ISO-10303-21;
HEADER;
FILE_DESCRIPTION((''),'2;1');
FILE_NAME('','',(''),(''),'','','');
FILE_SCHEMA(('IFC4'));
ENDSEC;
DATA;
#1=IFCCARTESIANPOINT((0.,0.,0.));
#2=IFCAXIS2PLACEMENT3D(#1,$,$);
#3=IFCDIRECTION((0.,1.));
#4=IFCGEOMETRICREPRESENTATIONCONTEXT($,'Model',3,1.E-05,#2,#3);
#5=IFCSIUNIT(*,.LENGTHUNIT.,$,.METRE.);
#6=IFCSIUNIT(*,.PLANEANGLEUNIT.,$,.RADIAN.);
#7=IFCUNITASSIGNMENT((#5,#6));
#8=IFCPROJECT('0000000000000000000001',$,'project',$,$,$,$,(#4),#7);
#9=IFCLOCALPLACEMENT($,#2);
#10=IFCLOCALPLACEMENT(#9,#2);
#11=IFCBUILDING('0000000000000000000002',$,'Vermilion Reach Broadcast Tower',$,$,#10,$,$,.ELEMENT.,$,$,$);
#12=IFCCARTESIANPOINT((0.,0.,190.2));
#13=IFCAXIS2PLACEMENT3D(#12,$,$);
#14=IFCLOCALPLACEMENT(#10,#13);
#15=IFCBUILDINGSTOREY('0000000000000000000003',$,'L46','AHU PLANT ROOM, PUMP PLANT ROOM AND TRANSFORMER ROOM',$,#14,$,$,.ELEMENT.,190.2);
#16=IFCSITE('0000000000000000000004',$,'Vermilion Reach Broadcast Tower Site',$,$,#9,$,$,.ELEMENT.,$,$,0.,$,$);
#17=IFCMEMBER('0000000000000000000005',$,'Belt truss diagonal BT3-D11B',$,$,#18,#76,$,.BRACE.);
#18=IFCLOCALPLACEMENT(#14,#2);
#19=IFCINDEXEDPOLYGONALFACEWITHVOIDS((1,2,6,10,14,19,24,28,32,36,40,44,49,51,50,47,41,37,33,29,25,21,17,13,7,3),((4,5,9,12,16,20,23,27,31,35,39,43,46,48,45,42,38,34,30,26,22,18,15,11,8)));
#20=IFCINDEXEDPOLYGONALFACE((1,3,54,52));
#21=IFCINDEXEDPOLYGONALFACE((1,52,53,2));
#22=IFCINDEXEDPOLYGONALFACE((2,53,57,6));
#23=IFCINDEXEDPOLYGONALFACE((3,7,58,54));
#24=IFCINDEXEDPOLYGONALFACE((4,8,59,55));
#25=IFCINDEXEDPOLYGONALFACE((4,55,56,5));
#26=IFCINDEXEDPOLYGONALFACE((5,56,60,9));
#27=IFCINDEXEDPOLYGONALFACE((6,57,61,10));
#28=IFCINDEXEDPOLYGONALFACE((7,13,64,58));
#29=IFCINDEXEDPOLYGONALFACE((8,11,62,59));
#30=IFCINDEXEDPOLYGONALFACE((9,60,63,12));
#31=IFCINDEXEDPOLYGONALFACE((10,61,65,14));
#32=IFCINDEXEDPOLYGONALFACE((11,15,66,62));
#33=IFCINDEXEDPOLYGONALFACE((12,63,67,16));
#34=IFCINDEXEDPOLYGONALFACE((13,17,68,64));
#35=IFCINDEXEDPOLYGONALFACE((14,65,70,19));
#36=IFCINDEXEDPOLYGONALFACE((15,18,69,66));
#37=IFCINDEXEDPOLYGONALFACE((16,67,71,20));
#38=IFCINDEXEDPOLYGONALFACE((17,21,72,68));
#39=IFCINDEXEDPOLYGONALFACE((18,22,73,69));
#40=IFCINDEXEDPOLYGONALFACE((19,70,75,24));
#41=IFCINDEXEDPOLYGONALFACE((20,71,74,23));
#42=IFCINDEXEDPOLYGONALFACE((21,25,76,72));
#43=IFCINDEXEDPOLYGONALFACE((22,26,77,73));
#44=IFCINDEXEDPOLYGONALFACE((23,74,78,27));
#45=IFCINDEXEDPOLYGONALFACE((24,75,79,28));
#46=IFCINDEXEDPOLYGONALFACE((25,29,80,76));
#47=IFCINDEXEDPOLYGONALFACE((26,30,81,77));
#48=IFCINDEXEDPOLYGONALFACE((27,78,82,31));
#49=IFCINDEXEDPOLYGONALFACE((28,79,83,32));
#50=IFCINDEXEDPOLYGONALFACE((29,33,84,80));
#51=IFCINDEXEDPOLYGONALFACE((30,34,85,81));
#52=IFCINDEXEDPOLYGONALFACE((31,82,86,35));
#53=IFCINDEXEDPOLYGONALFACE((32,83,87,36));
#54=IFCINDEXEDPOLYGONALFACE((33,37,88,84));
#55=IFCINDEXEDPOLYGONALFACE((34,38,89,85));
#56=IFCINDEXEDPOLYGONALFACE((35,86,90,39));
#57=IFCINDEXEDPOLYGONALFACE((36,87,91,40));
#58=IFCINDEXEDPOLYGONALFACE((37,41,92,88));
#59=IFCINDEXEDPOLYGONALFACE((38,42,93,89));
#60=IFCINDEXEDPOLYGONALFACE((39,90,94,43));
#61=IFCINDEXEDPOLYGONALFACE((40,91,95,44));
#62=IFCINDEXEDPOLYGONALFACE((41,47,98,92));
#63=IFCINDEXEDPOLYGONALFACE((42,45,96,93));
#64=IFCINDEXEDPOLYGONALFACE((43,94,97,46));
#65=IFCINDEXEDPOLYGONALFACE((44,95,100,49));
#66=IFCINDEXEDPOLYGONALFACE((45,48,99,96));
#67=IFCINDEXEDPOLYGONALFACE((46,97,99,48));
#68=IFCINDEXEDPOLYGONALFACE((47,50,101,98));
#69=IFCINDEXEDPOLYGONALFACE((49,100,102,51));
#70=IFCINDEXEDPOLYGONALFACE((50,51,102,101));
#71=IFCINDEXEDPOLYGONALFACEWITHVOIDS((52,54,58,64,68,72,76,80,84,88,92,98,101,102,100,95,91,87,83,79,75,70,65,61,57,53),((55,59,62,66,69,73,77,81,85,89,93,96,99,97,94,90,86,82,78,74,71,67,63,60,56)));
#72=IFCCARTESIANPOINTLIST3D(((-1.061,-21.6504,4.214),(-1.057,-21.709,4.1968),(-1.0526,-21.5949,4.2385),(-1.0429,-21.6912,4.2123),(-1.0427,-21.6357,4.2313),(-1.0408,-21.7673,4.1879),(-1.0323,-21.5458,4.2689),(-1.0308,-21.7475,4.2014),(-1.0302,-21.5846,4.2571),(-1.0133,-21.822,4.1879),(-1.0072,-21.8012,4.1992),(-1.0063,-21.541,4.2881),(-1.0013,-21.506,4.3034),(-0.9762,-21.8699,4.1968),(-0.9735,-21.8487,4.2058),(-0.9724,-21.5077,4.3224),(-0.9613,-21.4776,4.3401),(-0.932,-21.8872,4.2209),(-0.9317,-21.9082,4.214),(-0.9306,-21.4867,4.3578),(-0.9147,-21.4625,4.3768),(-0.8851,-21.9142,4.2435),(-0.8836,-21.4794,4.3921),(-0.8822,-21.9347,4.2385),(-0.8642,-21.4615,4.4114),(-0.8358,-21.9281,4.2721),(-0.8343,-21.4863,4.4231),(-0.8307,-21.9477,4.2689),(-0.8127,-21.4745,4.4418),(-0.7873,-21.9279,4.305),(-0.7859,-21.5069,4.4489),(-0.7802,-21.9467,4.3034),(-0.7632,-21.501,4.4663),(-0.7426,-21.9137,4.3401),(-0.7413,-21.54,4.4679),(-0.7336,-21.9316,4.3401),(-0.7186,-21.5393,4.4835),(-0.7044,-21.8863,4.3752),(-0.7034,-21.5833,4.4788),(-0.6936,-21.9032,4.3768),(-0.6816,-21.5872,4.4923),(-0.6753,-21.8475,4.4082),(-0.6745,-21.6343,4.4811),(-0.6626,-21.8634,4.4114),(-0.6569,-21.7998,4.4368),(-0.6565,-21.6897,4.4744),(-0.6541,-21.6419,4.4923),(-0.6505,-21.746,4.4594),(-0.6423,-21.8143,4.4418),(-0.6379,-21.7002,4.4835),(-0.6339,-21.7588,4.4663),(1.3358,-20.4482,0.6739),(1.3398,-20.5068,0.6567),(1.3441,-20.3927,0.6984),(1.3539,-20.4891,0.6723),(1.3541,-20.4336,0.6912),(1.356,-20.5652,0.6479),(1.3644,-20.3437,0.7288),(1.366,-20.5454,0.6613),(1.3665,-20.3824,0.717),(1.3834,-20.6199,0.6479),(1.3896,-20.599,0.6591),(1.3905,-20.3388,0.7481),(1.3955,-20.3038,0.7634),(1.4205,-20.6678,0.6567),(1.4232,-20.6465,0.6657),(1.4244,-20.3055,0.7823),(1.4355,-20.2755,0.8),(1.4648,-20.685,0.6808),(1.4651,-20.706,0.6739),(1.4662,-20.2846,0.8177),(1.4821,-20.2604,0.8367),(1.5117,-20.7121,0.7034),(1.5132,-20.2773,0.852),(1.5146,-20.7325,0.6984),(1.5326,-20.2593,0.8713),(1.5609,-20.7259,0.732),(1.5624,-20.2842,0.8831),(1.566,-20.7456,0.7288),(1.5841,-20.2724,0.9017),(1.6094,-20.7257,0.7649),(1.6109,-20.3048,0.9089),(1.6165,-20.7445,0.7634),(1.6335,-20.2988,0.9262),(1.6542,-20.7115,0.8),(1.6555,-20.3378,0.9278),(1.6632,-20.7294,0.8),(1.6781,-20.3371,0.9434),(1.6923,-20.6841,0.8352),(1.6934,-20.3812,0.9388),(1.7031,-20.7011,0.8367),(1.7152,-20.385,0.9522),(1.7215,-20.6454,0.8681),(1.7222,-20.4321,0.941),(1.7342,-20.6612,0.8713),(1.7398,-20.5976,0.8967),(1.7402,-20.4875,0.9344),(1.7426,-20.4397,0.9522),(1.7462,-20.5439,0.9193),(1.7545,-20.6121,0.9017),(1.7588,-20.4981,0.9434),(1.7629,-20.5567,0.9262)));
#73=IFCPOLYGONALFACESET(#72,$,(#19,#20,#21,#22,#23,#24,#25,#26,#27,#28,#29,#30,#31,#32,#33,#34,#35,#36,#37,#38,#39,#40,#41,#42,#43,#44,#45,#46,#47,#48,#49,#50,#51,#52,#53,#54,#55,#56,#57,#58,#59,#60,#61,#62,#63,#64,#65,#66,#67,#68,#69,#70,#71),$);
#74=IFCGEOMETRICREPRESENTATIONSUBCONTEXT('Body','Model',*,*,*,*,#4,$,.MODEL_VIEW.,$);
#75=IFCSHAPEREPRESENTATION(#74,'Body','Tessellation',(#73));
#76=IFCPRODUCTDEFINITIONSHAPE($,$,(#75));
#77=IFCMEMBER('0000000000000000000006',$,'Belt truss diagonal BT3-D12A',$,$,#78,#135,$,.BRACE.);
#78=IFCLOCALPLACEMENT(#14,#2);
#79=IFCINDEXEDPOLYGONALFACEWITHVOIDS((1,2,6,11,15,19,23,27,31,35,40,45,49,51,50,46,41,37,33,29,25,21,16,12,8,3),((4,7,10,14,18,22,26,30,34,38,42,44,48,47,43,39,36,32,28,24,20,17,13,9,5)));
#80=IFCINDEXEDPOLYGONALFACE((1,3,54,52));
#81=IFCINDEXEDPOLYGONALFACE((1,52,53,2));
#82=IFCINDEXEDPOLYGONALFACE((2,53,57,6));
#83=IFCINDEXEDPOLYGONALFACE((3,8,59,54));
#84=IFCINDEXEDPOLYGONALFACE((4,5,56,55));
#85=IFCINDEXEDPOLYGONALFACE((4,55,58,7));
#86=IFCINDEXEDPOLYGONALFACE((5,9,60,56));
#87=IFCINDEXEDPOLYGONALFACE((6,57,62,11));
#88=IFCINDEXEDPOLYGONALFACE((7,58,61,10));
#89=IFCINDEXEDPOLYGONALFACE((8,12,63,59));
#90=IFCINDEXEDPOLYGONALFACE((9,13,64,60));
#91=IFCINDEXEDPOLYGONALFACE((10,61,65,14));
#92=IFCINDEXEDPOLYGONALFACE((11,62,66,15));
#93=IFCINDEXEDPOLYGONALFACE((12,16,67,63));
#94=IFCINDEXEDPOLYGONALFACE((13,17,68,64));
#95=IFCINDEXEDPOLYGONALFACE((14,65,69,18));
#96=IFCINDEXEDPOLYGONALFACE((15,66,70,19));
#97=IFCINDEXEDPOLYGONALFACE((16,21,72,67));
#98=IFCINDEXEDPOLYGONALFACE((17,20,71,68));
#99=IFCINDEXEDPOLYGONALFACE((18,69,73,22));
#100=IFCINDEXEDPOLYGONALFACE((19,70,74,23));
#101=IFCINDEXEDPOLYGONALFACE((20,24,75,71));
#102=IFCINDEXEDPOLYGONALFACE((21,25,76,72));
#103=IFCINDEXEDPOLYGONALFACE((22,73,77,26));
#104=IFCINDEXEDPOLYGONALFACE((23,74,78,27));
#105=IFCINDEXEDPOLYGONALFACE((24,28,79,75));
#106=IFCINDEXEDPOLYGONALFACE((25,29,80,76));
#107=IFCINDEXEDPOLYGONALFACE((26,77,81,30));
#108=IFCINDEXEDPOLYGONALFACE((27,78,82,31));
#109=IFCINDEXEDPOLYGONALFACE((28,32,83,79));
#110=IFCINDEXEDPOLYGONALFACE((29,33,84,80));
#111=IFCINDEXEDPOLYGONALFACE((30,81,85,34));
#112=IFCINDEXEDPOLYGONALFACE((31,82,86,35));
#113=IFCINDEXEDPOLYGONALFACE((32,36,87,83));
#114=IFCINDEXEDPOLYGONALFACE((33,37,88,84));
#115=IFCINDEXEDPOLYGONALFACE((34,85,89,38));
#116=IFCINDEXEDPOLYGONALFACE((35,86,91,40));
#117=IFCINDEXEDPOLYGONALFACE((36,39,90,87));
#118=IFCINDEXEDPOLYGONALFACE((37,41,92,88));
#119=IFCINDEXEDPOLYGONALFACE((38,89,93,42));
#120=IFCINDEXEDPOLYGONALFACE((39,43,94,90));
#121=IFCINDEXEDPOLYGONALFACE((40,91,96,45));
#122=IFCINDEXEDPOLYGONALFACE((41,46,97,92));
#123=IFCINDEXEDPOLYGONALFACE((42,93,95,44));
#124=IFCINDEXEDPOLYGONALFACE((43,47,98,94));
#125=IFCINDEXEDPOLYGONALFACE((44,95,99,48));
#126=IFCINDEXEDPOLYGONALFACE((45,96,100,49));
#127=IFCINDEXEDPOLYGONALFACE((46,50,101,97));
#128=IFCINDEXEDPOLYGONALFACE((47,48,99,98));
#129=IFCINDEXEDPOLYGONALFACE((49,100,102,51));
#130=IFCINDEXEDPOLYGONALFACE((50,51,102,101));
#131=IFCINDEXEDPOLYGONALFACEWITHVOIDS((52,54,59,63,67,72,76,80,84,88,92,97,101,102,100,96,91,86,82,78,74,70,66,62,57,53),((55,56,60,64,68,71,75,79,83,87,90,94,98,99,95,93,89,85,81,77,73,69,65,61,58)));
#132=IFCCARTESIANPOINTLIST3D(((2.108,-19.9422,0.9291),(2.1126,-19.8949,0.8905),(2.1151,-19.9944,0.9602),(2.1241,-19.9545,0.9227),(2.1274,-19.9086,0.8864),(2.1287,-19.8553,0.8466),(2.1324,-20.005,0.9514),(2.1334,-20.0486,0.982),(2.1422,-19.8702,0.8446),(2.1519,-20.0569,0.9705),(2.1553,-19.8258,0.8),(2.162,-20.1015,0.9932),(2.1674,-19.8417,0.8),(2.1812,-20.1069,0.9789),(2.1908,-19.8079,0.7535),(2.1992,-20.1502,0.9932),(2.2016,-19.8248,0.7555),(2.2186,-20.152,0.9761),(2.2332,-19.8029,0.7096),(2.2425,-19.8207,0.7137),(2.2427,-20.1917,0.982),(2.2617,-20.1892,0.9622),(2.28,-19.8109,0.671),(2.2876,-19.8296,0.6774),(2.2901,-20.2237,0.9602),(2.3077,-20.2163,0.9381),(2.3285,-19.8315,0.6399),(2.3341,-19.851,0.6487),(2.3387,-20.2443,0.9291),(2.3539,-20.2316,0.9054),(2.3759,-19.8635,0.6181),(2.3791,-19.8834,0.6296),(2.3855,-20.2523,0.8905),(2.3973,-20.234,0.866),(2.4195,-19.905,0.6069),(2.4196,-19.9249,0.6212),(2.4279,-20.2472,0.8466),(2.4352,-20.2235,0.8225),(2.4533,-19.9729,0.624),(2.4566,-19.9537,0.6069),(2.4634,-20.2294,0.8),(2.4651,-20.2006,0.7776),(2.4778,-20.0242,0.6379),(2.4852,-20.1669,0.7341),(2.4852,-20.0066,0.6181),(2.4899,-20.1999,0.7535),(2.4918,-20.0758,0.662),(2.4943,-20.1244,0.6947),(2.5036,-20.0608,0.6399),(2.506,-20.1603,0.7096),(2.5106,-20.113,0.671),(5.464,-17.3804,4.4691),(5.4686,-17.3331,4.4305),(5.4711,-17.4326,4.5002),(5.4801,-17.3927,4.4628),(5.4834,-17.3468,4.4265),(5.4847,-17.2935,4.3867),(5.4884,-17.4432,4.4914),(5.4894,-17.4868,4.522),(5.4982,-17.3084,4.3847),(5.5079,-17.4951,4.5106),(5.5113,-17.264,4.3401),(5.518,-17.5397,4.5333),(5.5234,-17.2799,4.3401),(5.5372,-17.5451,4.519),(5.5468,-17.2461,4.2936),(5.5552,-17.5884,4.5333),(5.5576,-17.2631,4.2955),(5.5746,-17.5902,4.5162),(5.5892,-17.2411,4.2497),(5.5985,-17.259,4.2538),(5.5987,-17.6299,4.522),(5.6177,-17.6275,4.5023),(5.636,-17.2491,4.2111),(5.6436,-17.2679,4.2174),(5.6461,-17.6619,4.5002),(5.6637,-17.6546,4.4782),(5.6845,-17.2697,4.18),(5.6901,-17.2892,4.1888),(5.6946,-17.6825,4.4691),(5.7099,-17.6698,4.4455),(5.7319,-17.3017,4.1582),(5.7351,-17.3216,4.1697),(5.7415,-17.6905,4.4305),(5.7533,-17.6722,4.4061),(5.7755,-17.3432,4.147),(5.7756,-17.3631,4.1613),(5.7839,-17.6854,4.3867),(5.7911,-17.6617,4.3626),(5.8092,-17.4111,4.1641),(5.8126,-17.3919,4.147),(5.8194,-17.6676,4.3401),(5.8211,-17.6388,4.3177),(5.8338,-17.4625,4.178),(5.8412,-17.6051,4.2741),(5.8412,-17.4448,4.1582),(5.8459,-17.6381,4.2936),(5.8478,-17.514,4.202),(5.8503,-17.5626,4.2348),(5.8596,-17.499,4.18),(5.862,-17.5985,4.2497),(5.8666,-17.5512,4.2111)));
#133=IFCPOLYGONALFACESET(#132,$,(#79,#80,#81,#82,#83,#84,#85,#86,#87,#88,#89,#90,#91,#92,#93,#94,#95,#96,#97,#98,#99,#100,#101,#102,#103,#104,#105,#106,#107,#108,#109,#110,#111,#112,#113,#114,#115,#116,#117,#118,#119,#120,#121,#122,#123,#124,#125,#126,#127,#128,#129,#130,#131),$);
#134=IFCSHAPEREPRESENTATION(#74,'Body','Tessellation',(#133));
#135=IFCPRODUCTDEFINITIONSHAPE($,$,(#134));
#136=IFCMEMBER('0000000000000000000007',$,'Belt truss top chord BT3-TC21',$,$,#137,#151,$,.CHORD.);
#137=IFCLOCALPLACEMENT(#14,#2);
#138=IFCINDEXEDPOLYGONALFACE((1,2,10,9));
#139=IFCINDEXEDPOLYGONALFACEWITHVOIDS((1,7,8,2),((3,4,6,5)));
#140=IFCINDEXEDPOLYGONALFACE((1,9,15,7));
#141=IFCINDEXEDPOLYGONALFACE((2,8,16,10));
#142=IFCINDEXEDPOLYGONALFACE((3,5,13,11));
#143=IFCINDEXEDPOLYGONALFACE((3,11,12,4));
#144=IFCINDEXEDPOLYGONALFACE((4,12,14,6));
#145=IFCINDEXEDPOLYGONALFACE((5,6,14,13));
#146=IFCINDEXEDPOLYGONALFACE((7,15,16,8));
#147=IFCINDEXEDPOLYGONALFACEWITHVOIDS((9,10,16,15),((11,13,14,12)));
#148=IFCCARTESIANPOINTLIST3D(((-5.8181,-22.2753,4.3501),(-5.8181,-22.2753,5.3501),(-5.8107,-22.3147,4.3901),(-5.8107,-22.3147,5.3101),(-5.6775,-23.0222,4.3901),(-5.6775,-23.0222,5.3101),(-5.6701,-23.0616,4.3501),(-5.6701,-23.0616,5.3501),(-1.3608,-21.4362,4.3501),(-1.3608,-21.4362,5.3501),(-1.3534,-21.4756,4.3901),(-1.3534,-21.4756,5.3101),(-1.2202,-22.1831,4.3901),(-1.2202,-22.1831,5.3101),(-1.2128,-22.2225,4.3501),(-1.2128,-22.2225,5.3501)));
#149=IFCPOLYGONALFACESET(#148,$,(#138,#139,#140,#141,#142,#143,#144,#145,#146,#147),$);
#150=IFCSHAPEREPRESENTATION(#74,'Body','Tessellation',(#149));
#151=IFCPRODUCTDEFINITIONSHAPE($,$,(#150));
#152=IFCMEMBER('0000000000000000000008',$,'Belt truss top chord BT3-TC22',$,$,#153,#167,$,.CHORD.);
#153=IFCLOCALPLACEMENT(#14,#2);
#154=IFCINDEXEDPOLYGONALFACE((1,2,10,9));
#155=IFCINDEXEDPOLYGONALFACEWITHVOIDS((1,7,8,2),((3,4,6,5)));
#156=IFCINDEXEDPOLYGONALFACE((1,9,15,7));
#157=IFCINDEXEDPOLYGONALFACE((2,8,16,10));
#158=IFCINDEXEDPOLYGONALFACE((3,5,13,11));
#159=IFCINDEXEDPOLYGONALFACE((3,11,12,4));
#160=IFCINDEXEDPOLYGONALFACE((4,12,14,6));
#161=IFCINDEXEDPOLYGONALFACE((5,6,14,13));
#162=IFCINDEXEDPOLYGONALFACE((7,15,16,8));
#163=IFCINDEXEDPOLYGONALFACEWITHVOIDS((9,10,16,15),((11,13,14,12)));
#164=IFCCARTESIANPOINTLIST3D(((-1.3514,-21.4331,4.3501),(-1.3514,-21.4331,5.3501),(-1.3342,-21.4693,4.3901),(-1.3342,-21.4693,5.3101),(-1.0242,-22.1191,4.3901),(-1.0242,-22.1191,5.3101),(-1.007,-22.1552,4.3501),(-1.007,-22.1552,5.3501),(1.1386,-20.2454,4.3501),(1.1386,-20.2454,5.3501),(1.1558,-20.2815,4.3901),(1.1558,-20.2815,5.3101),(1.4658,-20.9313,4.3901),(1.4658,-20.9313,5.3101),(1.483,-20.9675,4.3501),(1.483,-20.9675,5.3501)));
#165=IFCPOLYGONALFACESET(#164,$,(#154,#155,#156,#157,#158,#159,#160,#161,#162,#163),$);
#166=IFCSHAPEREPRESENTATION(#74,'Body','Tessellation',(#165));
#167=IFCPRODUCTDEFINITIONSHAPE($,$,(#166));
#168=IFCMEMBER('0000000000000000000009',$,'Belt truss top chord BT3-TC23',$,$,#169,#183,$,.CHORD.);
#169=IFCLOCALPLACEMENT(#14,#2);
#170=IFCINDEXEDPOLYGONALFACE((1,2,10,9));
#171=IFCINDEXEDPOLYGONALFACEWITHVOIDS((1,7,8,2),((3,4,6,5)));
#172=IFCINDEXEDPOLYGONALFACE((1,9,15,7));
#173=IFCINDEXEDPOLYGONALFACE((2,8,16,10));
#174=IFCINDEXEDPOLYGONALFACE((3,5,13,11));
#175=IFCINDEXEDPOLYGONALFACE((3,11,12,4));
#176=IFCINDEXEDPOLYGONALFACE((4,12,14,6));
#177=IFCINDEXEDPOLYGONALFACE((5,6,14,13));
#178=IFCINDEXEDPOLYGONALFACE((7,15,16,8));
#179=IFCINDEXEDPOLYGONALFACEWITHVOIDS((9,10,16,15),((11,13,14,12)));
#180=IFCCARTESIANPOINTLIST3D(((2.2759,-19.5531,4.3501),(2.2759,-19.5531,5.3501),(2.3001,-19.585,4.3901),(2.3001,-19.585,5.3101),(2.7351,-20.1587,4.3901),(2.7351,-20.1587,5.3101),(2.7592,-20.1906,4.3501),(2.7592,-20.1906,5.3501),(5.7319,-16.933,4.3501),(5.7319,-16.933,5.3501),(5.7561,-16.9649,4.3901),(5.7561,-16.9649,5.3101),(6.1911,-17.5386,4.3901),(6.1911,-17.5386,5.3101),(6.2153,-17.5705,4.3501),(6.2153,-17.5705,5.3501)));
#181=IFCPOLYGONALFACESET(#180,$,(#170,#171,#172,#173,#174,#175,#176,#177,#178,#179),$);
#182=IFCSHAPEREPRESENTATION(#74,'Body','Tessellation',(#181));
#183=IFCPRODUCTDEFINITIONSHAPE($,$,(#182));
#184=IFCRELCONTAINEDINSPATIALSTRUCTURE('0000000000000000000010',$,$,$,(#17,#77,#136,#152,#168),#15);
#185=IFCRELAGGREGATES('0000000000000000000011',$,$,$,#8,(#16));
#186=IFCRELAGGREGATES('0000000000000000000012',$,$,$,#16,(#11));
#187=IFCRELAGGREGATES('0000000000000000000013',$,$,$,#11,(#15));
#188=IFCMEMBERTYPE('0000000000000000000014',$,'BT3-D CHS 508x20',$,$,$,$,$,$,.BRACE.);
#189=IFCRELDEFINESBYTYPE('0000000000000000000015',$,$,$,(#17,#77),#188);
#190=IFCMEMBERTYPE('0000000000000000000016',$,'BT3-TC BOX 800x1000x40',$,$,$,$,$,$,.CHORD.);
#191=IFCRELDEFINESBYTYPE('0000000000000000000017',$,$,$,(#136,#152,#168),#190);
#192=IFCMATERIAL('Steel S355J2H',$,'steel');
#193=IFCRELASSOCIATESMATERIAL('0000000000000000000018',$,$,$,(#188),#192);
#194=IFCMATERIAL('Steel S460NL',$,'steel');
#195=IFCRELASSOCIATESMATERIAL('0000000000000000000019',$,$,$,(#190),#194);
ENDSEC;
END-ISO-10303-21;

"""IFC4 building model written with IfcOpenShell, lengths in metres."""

from ifc_helpers import new_model, si_unit, direction, frame, origin, origin_2d, place, context, subcontext, project, spatial, hollow_rectangle, hollow_circle, extrude, material, material_profile, profile_set, type_object, element, save


model = new_model("IFC4")

# Units and contexts
model_context = context("Model", 3, precision=1e-05, world=origin(), true_north=direction((0.0, 1.0)))
body_context = subcontext(model_context, "Body", "Model", "MODEL_VIEW")
ifc_project = project(units=[si_unit("LENGTHUNIT", "METRE"), si_unit("PLANEANGLEUNIT", "RADIAN")], contexts=[model_context])

# Site, building, storey
site_placement = place(None, origin())
site = spatial("IfcSite", under=ifc_project, at=site_placement, Name="Vermilion Reach Broadcast Tower Site", CompositionType="ELEMENT", RefElevation=0.0)
building_placement = place(site_placement, origin())
building = spatial("IfcBuilding", under=site, at=building_placement, Name="Vermilion Reach Broadcast Tower", CompositionType="ELEMENT")
storey_placement = place(building_placement, frame((0.0, 0.0, 190.2)))
storey = spatial("IfcBuildingStorey", under=building, at=storey_placement, Name="L46", Description="AHU PLANT ROOM, PUMP PLANT ROOM AND TRANSFORMER ROOM", CompositionType="ELEMENT", Elevation=190.2)

# Members
ifc_material_1 = material(Name="Steel S355J2H", Category="steel")
ifc_material_profile_1 = material_profile(ifc_material_1, hollow_circle(Radius=0.2539, WallThickness=0.02, at=origin_2d()), Name="S355J2H CHS 508x20")
ifc_profile_set_1 = profile_set([ifc_material_profile_1], Name="Steel S355J2H")
member_type_1 = type_object("IfcMemberType", Name="BT3-D CHS 508x20", PredefinedType="BRACE", material=ifc_profile_set_1)
member_1_placement = place(storey_placement, frame((1.5493, -20.5024, 0.8), z_axis=(-0.539698, -0.270701, 0.79715), x_axis=(0.448342, -0.893862, 0.0)))
element("IfcMember", 1, at=member_1_placement, inside=storey, type_object=member_type_1, Name="Belt truss diagonal BT3-D11B", PredefinedType="BRACE", context=body_context, shape_type="SweptSolid", body=[
    extrude(hollow_circle(Radius=0.2539, WallThickness=0.02, at=origin_2d()), origin(), (0.0, 0.0, 1.0), 4.4409),
])
member_2_placement = place(storey_placement, frame((2.3093, -20.0276, 0.8), z_axis=(0.609098, 0.464955, 0.642508), x_axis=(-0.606769, 0.794878, 0.0)))
element("IfcMember", 2, at=member_2_placement, inside=storey, type_object=member_type_1, Name="Belt truss diagonal BT3-D12A", PredefinedType="BRACE", context=body_context, shape_type="SweptSolid", body=[
    extrude(hollow_circle(Radius=0.2539, WallThickness=0.02, at=origin_2d()), origin(), (0.0, 0.0, 1.0), 5.5098),
])
ifc_material_2 = material(Name="Steel S460NL", Category="steel")
ifc_material_profile_2 = material_profile(ifc_material_2, hollow_rectangle(XDim=0.8, YDim=1.0, WallThickness=0.04, at=origin_2d()), Name="S460NL BOX 800x1000x40")
ifc_profile_set_2 = profile_set([ifc_material_profile_2], Name="Steel S460NL")
member_type_2 = type_object("IfcMemberType", Name="BT3-TC BOX 800x1000x40", PredefinedType="CHORD", material=ifc_profile_set_2)
member_3_placement = place(storey_placement, frame((-5.7441, -22.6685, 4.8501), z_axis=(0.982737, 0.185007, 0.0), x_axis=(-0.185007, 0.982737, 0.0)))
element("IfcMember", 3, at=member_3_placement, inside=storey, type_object=member_type_2, Name="Belt truss top chord BT3-TC21", PredefinedType="CHORD", context=body_context, shape_type="SweptSolid", body=[
    extrude(hollow_rectangle(XDim=0.8, YDim=1.0, WallThickness=0.04, at=origin_2d()), origin(), (0.0, 0.0, 1.0), 4.5356),
])
member_4_placement = place(storey_placement, frame((-1.1792, -21.7942, 4.8501), z_axis=(0.902574, 0.430535, 0.0), x_axis=(-0.430535, 0.902574, 0.0)))
element("IfcMember", 4, at=member_4_placement, inside=storey, type_object=member_type_2, Name="Belt truss top chord BT3-TC22", PredefinedType="CHORD", context=body_context, shape_type="SweptSolid", body=[
    extrude(hollow_rectangle(XDim=0.8, YDim=1.0, WallThickness=0.04, at=origin_2d()), origin(), (0.0, 0.0, 1.0), 2.7588),
])
member_5_placement = place(storey_placement, frame((2.5176, -19.8718, 4.8501), z_axis=(0.796882, 0.604135, 0.0), x_axis=(-0.604135, 0.796882, 0.0)))
element("IfcMember", 5, at=member_5_placement, inside=storey, type_object=member_type_2, Name="Belt truss top chord BT3-TC23", PredefinedType="CHORD", context=body_context, shape_type="SweptSolid", body=[
    extrude(hollow_rectangle(XDim=0.8, YDim=1.0, WallThickness=0.04, at=origin_2d()), origin(), (0.0, 0.0, 1.0), 4.3369),
])

save(model, "model.ifc")
